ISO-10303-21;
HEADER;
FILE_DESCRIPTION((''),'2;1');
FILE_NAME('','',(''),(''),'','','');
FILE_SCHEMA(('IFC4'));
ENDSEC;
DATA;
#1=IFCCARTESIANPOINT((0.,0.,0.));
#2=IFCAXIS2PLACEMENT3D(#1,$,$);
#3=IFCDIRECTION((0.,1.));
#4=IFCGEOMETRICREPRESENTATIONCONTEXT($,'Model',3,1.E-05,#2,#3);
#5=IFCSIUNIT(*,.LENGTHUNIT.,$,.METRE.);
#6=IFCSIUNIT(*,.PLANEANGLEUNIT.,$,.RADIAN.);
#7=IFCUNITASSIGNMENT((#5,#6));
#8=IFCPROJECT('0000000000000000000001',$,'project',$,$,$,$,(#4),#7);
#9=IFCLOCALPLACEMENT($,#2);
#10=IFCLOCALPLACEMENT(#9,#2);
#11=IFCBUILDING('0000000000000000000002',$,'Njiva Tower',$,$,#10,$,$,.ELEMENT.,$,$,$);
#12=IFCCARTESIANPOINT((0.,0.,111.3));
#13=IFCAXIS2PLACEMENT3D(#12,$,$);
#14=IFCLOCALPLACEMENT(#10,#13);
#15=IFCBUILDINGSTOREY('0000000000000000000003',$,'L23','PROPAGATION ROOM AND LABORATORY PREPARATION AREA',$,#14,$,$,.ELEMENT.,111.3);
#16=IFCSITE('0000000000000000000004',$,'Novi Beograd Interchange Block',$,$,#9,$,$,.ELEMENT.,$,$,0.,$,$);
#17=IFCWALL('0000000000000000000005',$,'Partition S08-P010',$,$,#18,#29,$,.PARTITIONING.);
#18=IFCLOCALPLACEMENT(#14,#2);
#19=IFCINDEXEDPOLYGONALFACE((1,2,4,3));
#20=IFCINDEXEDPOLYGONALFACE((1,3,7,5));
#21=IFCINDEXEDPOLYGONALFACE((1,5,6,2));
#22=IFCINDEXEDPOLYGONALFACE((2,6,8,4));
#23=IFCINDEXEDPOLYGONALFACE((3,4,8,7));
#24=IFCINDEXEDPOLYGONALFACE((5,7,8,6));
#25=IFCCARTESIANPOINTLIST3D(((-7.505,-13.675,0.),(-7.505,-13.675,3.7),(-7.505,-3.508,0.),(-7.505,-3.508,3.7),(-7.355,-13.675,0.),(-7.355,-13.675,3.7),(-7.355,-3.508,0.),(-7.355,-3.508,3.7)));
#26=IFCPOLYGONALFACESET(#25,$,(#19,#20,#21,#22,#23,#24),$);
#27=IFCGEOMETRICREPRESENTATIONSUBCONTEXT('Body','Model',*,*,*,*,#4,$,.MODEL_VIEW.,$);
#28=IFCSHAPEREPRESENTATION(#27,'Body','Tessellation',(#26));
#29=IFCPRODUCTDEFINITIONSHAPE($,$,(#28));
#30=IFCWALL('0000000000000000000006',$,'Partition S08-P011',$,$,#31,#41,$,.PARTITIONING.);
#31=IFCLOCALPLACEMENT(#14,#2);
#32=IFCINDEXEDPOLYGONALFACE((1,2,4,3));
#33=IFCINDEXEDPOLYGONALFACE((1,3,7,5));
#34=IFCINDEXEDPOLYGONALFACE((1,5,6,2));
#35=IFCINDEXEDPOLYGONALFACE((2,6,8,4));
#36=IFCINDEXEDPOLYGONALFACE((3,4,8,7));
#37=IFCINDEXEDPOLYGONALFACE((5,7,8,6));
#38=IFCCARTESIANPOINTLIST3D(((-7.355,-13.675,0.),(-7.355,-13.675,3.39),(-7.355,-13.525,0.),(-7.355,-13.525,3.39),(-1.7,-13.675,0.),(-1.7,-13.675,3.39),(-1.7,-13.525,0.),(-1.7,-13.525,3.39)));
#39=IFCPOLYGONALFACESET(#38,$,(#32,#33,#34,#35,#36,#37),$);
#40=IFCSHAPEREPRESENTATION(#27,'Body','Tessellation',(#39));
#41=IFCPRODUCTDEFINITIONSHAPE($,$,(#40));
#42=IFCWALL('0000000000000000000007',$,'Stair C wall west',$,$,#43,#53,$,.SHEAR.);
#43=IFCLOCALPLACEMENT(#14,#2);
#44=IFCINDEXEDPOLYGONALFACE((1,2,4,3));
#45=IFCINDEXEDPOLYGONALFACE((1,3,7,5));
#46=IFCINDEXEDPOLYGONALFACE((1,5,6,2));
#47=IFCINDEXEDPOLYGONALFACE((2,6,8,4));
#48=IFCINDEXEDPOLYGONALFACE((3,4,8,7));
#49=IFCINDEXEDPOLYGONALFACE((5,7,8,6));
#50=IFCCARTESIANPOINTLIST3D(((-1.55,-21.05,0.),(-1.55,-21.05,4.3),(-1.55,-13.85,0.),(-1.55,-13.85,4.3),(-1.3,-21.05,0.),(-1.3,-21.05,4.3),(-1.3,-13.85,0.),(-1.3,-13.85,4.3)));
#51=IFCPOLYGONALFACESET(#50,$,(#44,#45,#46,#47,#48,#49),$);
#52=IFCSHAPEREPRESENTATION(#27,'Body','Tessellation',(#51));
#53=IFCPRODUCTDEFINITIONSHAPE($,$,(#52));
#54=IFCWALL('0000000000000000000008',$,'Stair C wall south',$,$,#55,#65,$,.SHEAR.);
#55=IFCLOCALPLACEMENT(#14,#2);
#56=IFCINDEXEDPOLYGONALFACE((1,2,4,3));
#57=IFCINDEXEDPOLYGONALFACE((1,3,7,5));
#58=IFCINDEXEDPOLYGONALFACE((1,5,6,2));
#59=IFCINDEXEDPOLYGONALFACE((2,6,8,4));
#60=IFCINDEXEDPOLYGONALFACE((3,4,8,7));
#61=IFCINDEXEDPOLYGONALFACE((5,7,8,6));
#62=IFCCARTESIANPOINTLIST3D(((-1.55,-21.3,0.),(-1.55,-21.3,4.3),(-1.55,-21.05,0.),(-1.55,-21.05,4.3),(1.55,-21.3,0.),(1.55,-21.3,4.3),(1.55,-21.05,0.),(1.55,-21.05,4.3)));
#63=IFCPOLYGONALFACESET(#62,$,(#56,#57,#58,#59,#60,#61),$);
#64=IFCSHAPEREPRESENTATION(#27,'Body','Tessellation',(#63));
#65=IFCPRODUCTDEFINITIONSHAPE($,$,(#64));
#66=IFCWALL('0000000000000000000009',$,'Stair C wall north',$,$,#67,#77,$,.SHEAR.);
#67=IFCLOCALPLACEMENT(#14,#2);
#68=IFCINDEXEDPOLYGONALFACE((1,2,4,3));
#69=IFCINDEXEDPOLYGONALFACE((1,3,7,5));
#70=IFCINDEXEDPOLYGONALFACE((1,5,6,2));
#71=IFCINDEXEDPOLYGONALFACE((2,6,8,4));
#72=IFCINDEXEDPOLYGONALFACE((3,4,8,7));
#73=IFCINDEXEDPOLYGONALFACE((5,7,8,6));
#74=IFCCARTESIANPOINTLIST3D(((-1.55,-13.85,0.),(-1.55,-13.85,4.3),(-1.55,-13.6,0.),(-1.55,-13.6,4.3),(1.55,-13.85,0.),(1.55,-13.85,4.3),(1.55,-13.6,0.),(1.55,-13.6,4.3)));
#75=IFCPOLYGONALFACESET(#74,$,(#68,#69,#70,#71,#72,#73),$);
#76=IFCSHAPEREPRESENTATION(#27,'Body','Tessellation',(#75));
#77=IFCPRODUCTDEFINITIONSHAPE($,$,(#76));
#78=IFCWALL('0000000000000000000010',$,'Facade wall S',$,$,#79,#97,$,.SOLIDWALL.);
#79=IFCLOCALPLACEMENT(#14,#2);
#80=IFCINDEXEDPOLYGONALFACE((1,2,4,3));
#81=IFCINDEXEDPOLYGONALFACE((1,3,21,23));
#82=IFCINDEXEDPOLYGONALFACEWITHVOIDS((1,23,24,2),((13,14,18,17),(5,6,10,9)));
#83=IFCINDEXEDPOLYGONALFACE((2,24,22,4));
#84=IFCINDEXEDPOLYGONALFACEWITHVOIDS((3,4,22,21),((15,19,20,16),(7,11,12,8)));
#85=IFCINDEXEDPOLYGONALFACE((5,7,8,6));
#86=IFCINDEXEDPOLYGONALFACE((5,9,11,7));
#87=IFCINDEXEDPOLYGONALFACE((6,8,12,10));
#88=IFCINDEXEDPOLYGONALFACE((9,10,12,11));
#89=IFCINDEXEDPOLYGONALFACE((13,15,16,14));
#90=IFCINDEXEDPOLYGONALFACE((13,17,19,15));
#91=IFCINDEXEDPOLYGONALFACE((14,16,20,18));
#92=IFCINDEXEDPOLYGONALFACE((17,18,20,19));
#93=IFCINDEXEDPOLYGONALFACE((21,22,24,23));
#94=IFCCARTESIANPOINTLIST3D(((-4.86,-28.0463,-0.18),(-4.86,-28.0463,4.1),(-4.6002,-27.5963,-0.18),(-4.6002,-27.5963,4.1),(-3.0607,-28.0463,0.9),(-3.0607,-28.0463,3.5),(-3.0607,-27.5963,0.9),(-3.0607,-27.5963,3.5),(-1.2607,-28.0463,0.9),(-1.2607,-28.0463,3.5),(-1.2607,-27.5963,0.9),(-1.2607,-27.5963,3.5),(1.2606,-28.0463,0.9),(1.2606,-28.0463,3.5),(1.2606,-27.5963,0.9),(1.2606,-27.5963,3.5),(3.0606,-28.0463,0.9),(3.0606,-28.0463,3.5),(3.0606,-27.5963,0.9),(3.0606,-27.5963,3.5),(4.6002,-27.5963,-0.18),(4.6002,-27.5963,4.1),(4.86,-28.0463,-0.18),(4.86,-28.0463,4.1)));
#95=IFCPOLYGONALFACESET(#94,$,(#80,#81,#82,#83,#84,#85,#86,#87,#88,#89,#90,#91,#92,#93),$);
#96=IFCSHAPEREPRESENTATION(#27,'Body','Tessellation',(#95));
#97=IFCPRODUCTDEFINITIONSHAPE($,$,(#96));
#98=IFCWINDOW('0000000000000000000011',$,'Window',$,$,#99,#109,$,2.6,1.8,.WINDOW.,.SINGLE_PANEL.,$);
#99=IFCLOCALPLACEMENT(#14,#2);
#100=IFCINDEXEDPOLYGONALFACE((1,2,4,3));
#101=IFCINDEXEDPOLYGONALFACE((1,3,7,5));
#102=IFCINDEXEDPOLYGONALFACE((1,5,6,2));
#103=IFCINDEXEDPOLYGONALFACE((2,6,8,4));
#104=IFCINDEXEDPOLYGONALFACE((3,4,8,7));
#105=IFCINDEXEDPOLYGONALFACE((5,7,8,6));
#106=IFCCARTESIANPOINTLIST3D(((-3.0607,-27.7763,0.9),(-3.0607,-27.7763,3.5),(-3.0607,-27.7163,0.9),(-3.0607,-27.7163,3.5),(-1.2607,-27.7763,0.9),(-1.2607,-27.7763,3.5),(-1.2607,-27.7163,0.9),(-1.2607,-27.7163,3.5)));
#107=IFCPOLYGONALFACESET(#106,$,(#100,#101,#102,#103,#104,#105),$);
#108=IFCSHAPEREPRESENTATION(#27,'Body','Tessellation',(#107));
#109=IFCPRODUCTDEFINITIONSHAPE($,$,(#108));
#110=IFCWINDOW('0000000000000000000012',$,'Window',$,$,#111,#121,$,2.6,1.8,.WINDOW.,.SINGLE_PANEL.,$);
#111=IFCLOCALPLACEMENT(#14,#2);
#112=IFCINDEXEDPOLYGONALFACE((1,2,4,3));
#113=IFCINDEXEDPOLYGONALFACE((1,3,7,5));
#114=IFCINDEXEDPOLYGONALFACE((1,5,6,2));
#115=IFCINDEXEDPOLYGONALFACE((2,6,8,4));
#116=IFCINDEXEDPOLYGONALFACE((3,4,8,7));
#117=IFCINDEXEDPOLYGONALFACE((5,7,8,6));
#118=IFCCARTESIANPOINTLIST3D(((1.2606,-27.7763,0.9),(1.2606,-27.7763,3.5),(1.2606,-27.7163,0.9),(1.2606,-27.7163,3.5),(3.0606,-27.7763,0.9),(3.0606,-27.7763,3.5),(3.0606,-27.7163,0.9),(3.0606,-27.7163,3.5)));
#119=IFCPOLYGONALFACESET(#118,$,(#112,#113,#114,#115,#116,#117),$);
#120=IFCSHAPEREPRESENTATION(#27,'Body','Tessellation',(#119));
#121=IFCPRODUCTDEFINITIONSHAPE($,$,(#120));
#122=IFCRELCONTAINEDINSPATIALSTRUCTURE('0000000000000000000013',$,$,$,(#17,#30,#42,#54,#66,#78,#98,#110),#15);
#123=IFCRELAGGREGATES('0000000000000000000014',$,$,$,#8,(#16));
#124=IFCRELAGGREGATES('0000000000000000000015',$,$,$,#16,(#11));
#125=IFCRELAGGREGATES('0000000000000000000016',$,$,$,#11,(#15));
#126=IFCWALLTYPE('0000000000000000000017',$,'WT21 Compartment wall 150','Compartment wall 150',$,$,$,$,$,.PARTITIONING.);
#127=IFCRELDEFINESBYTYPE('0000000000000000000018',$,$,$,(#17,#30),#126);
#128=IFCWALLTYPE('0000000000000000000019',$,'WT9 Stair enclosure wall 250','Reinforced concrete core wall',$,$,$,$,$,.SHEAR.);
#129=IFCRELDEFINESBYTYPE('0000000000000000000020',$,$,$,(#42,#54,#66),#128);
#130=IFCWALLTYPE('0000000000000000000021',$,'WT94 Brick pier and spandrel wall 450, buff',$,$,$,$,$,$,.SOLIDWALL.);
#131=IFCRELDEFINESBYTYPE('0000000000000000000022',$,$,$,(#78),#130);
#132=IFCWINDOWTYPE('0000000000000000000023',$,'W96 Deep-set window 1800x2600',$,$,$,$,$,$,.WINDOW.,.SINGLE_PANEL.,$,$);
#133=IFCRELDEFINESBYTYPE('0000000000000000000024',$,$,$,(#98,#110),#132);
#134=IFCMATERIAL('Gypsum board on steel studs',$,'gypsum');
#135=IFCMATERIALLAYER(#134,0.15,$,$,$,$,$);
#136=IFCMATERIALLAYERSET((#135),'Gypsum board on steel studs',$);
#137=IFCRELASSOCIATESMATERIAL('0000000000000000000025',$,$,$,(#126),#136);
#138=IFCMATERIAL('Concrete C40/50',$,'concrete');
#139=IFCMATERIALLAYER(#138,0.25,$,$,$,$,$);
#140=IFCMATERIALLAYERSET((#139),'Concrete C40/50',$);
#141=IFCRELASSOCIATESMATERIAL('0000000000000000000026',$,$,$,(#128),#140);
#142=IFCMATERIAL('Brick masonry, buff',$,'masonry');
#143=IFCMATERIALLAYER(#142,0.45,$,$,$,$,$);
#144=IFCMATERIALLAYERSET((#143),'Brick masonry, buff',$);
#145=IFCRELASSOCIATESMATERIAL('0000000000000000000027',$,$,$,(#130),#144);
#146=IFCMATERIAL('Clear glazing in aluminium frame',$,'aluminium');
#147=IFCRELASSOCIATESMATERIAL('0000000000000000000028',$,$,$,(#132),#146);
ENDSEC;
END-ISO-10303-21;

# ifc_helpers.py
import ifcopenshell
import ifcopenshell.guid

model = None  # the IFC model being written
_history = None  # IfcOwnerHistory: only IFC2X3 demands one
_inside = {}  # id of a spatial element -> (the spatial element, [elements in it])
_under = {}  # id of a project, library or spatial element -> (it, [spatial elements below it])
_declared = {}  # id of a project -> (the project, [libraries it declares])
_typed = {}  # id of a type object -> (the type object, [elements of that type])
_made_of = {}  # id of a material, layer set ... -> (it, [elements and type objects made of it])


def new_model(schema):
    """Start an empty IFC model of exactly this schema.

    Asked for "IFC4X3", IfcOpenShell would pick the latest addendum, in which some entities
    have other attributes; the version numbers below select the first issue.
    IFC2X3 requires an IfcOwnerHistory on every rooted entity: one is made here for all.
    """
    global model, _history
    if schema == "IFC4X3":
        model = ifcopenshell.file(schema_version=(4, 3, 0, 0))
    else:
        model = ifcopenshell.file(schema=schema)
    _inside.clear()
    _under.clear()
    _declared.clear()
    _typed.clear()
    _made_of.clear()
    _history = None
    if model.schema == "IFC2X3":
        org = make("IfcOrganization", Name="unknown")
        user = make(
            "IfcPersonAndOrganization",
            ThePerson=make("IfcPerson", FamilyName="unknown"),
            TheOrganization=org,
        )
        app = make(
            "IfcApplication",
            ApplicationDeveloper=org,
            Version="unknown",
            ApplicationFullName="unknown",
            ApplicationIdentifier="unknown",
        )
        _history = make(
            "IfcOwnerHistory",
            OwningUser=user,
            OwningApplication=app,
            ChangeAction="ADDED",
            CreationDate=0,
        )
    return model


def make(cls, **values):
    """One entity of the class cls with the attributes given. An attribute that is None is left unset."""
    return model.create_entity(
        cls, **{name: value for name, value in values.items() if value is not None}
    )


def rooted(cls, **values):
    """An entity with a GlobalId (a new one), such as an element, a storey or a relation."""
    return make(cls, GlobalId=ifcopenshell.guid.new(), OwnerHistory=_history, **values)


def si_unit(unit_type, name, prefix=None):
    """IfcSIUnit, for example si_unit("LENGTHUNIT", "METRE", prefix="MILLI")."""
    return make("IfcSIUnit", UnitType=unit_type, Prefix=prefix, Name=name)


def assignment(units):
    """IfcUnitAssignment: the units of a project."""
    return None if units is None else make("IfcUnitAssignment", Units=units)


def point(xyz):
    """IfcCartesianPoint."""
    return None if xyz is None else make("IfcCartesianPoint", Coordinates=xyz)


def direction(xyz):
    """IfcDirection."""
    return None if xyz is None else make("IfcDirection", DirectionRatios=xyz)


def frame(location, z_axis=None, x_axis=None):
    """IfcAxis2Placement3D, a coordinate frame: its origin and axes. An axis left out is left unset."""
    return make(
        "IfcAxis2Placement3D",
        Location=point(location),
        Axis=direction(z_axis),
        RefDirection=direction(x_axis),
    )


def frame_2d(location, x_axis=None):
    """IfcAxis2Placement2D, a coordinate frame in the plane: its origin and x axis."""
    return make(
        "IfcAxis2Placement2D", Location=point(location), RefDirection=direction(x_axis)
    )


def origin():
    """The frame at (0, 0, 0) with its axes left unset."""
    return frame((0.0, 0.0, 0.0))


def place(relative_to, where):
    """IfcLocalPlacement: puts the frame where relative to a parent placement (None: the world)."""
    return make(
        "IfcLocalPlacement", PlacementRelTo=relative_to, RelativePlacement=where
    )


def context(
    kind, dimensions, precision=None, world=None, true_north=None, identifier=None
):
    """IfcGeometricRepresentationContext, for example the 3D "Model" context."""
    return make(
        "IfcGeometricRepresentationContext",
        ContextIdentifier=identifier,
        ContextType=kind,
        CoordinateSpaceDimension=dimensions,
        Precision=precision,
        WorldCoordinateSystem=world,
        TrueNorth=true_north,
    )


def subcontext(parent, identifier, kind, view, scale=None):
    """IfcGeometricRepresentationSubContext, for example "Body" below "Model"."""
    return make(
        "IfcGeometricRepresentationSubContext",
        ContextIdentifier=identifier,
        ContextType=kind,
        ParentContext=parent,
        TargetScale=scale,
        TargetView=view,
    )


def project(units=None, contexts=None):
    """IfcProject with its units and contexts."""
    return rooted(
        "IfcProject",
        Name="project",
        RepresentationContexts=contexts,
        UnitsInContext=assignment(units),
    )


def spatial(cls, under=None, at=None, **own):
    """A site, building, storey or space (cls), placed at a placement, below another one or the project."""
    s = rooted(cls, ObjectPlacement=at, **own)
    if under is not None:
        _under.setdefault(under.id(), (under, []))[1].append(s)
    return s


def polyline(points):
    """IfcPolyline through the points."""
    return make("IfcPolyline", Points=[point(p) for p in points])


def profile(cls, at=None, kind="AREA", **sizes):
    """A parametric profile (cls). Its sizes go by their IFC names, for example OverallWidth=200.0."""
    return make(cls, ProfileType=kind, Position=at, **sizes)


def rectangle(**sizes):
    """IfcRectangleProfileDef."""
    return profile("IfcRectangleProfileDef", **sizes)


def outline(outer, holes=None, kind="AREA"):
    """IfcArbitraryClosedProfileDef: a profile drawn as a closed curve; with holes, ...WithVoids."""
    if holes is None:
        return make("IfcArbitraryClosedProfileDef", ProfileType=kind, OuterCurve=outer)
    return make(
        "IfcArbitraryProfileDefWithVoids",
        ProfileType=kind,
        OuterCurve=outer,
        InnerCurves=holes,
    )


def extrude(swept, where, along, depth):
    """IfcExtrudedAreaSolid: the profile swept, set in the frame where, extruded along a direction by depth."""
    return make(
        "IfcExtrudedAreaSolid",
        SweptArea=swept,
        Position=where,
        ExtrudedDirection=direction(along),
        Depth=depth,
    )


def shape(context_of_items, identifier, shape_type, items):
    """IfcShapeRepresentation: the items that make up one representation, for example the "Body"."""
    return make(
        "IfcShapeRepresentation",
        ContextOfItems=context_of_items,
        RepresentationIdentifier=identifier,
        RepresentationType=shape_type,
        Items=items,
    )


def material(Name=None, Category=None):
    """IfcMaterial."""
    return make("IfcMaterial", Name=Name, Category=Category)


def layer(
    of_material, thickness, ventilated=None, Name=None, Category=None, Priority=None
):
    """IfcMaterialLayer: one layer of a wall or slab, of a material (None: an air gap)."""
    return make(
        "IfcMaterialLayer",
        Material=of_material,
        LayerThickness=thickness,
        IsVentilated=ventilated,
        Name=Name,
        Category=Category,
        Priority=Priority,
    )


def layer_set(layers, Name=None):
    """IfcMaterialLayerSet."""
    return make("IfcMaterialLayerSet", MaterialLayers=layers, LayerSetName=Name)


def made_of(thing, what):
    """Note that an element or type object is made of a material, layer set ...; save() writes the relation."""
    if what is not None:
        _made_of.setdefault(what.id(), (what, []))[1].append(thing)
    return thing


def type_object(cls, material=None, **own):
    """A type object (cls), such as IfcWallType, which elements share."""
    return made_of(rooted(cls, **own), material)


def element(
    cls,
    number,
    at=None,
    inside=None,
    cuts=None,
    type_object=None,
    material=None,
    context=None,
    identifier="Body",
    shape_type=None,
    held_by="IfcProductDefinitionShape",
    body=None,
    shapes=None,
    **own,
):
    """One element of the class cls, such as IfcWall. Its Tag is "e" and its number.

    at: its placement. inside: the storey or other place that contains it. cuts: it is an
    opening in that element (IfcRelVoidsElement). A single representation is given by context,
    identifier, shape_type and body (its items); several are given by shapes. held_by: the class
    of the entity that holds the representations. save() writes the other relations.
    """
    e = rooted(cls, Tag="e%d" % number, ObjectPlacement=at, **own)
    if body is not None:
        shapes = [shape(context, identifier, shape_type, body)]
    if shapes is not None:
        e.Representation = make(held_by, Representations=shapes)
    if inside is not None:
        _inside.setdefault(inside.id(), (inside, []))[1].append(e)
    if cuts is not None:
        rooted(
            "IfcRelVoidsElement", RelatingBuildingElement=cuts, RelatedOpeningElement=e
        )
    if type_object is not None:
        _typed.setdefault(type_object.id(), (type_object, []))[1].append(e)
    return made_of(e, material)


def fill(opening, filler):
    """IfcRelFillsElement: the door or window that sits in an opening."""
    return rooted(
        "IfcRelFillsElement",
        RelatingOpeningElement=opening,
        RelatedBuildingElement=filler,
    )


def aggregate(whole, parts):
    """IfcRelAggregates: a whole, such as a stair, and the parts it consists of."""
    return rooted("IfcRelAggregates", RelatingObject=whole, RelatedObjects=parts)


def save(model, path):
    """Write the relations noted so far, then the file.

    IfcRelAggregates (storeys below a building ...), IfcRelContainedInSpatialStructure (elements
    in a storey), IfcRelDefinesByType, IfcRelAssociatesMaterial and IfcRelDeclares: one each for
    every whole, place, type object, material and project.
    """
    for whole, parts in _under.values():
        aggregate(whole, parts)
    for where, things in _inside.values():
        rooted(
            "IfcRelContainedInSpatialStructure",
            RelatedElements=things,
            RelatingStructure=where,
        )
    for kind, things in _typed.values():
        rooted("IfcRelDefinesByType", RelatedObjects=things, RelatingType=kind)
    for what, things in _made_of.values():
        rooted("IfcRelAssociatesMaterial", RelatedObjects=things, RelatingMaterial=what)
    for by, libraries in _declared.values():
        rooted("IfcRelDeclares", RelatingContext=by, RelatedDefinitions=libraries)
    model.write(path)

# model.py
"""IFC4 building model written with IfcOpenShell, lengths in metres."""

from ifc_helpers import new_model, si_unit, direction, frame, frame_2d, origin, place, context, subcontext, project, spatial, polyline, rectangle, outline, extrude, material, layer, layer_set, type_object, element, fill, save


model = new_model("IFC4")

# Units and contexts
model_context = context("Model", 3, precision=1e-05, world=origin(), true_north=direction((0.0, 1.0)))
body_context = subcontext(model_context, "Body", "Model", "MODEL_VIEW")
ifc_project = project(units=[si_unit("LENGTHUNIT", "METRE"), si_unit("PLANEANGLEUNIT", "RADIAN")], contexts=[model_context])

# Site, building, storey
site_placement = place(None, origin())
site = spatial("IfcSite", under=ifc_project, at=site_placement, Name="Novi Beograd Interchange Block", CompositionType="ELEMENT", RefElevation=0.0)
building_placement = place(site_placement, origin())
building = spatial("IfcBuilding", under=site, at=building_placement, Name="Njiva Tower", CompositionType="ELEMENT")
storey_placement = place(building_placement, frame((0.0, 0.0, 111.3)))
storey = spatial("IfcBuildingStorey", under=building, at=storey_placement, Name="L23", Description="PROPAGATION ROOM AND LABORATORY PREPARATION AREA", CompositionType="ELEMENT", Elevation=111.3)

# Walls
ifc_material_1 = material(Name="Gypsum board on steel studs", Category="gypsum")
ifc_layer_1 = layer(ifc_material_1, 0.15)
ifc_layer_set_1 = layer_set([ifc_layer_1], Name="Gypsum board on steel studs")
wall_type_1 = type_object("IfcWallType", Name="WT21 Compartment wall 150", Description="Compartment wall 150", PredefinedType="PARTITIONING", material=ifc_layer_set_1)
wall_1_placement = place(storey_placement, frame((-7.43, -13.675, 0.0), z_axis=(0.0, 0.0, 1.0), x_axis=(0.0, 1.0, 0.0)))
element("IfcWall", 1, at=wall_1_placement, inside=storey, type_object=wall_type_1, Name="Partition S08-P010", PredefinedType="PARTITIONING", context=body_context, shape_type="SweptSolid", body=[
    extrude(rectangle(XDim=10.167, YDim=0.15, at=frame_2d((5.0835, 0.0))), origin(), (0.0, 0.0, 1.0), 3.7),
])
wall_2_placement = place(storey_placement, frame((-7.355, -13.6, 0.0), z_axis=(0.0, 0.0, 1.0), x_axis=(1.0, 0.0, 0.0)))
element("IfcWall", 2, at=wall_2_placement, inside=storey, type_object=wall_type_1, Name="Partition S08-P011", PredefinedType="PARTITIONING", context=body_context, shape_type="SweptSolid", body=[
    extrude(rectangle(XDim=5.655, YDim=0.15, at=frame_2d((2.8275, 0.0))), origin(), (0.0, 0.0, 1.0), 3.39),
])
ifc_material_2 = material(Name="Concrete C40/50", Category="concrete")
ifc_layer_2 = layer(ifc_material_2, 0.25)
ifc_layer_set_2 = layer_set([ifc_layer_2], Name="Concrete C40/50")
wall_type_2 = type_object("IfcWallType", Name="WT9 Stair enclosure wall 250", Description="Reinforced concrete core wall", PredefinedType="SHEAR", material=ifc_layer_set_2)
wall_3_placement = place(storey_placement, frame((-1.425, -21.05, 0.0), z_axis=(0.0, 0.0, 1.0), x_axis=(0.0, 1.0, 0.0)))
element("IfcWall", 3, at=wall_3_placement, inside=storey, type_object=wall_type_2, Name="Stair C wall west", PredefinedType="SHEAR", context=body_context, shape_type="SweptSolid", body=[
    extrude(rectangle(XDim=7.2, YDim=0.25, at=frame_2d((3.6, 0.0))), origin(), (0.0, 0.0, 1.0), 4.3),
])
for number, where, z_axis, x_axis, name in (
    (4, (-1.55, -21.175, 0.0), (0.0, 0.0, 1.0), (1.0, 0.0, 0.0), "Stair C wall south"),
    (5, (-1.55, -13.725, 0.0), (0.0, 0.0, 1.0), (1.0, 0.0, 0.0), "Stair C wall north"),
):
    element("IfcWall", number, at=place(storey_placement, frame(where, z_axis=z_axis, x_axis=x_axis)), inside=storey, type_object=wall_type_2, Name=name, PredefinedType="SHEAR", context=body_context, shape_type="SweptSolid", body=[
        extrude(rectangle(XDim=3.1, YDim=0.25, at=frame_2d((1.55, 0.0))), origin(), (0.0, 0.0, 1.0), 4.3),
    ])

# Wall, openings, windows
ifc_material_3 = material(Name="Brick masonry, buff", Category="masonry")
ifc_layer_3 = layer(ifc_material_3, 0.45)
ifc_layer_set_3 = layer_set([ifc_layer_3], Name="Brick masonry, buff")
wall_type_3 = type_object("IfcWallType", Name="WT94 Brick pier and spandrel wall 450, buff", PredefinedType="SOLIDWALL", material=ifc_layer_set_3)
wall_4_placement = place(storey_placement, frame((-4.7301, -27.8213, -0.18), z_axis=(0.0, 0.0, 1.0), x_axis=(1.0, 0.0, 0.0)))
wall_4 = element("IfcWall", 6, at=wall_4_placement, inside=storey, type_object=wall_type_3, Name="Facade wall S", PredefinedType="SOLIDWALL", context=body_context, shape_type="SweptSolid", body=[
    extrude(outline(polyline([(-0.1299, -0.225), (9.5901, -0.225), (9.3303, 0.225), (0.1299, 0.225), (-0.1299, -0.225)])), origin(), (0.0, 0.0, 1.0), 4.28),
])
opening_1_placement = place(wall_4_placement, frame((1.6694, 0.0, 1.08)))
opening_1 = element("IfcOpeningElement", 7, at=opening_1_placement, cuts=wall_4, PredefinedType="OPENING", context=body_context, shape_type="SweptSolid", body=[
    extrude(rectangle(XDim=1.8, YDim=2.6, at=frame_2d((0.9, 1.3))), frame((0.0, 0.235, 0.0), z_axis=(0.0, -1.0, 0.0), x_axis=(1.0, 0.0, 0.0)), (0.0, 0.0, 1.0), 0.47),
])
opening_2_placement = place(wall_4_placement, frame((5.9907, 0.0, 1.08)))
opening_2 = element("IfcOpeningElement", 8, at=opening_2_placement, cuts=wall_4, PredefinedType="OPENING", context=body_context, shape_type="SweptSolid", body=[
    extrude(rectangle(XDim=1.8, YDim=2.6, at=frame_2d((0.9, 1.3))), frame((0.0, 0.235, 0.0), z_axis=(0.0, -1.0, 0.0), x_axis=(1.0, 0.0, 0.0)), (0.0, 0.0, 1.0), 0.47),
])
ifc_material_4 = material(Name="Clear glazing in aluminium frame", Category="aluminium")
window_type = type_object("IfcWindowType", Name="W96 Deep-set window 1800x2600", PartitioningType="SINGLE_PANEL", PredefinedType="WINDOW", material=ifc_material_4)
window_1_placement = place(opening_1_placement, origin())
window_1 = element("IfcWindow", 9, at=window_1_placement, inside=storey, type_object=window_type, Name="Window", OverallHeight=2.6, OverallWidth=1.8, PartitioningType="SINGLE_PANEL", PredefinedType="WINDOW", context=body_context, shape_type="SweptSolid", body=[
    extrude(rectangle(XDim=1.8, YDim=2.6, at=frame_2d((0.9, 1.3))), frame((0.0, 0.105, 0.0), z_axis=(0.0, -1.0, 0.0), x_axis=(1.0, 0.0, 0.0)), (0.0, 0.0, 1.0), 0.06),
])
fill(opening_1, window_1)
window_2_placement = place(opening_2_placement, origin())
window_2 = element("IfcWindow", 10, at=window_2_placement, inside=storey, type_object=window_type, Name="Window", OverallHeight=2.6, OverallWidth=1.8, PartitioningType="SINGLE_PANEL", PredefinedType="WINDOW", context=body_context, shape_type="SweptSolid", body=[
    extrude(rectangle(XDim=1.8, YDim=2.6, at=frame_2d((0.9, 1.3))), frame((0.0, 0.105, 0.0), z_axis=(0.0, -1.0, 0.0), x_axis=(1.0, 0.0, 0.0)), (0.0, 0.0, 1.0), 0.06),
])
fill(opening_2, window_2)

save(model, "model.ifc")
